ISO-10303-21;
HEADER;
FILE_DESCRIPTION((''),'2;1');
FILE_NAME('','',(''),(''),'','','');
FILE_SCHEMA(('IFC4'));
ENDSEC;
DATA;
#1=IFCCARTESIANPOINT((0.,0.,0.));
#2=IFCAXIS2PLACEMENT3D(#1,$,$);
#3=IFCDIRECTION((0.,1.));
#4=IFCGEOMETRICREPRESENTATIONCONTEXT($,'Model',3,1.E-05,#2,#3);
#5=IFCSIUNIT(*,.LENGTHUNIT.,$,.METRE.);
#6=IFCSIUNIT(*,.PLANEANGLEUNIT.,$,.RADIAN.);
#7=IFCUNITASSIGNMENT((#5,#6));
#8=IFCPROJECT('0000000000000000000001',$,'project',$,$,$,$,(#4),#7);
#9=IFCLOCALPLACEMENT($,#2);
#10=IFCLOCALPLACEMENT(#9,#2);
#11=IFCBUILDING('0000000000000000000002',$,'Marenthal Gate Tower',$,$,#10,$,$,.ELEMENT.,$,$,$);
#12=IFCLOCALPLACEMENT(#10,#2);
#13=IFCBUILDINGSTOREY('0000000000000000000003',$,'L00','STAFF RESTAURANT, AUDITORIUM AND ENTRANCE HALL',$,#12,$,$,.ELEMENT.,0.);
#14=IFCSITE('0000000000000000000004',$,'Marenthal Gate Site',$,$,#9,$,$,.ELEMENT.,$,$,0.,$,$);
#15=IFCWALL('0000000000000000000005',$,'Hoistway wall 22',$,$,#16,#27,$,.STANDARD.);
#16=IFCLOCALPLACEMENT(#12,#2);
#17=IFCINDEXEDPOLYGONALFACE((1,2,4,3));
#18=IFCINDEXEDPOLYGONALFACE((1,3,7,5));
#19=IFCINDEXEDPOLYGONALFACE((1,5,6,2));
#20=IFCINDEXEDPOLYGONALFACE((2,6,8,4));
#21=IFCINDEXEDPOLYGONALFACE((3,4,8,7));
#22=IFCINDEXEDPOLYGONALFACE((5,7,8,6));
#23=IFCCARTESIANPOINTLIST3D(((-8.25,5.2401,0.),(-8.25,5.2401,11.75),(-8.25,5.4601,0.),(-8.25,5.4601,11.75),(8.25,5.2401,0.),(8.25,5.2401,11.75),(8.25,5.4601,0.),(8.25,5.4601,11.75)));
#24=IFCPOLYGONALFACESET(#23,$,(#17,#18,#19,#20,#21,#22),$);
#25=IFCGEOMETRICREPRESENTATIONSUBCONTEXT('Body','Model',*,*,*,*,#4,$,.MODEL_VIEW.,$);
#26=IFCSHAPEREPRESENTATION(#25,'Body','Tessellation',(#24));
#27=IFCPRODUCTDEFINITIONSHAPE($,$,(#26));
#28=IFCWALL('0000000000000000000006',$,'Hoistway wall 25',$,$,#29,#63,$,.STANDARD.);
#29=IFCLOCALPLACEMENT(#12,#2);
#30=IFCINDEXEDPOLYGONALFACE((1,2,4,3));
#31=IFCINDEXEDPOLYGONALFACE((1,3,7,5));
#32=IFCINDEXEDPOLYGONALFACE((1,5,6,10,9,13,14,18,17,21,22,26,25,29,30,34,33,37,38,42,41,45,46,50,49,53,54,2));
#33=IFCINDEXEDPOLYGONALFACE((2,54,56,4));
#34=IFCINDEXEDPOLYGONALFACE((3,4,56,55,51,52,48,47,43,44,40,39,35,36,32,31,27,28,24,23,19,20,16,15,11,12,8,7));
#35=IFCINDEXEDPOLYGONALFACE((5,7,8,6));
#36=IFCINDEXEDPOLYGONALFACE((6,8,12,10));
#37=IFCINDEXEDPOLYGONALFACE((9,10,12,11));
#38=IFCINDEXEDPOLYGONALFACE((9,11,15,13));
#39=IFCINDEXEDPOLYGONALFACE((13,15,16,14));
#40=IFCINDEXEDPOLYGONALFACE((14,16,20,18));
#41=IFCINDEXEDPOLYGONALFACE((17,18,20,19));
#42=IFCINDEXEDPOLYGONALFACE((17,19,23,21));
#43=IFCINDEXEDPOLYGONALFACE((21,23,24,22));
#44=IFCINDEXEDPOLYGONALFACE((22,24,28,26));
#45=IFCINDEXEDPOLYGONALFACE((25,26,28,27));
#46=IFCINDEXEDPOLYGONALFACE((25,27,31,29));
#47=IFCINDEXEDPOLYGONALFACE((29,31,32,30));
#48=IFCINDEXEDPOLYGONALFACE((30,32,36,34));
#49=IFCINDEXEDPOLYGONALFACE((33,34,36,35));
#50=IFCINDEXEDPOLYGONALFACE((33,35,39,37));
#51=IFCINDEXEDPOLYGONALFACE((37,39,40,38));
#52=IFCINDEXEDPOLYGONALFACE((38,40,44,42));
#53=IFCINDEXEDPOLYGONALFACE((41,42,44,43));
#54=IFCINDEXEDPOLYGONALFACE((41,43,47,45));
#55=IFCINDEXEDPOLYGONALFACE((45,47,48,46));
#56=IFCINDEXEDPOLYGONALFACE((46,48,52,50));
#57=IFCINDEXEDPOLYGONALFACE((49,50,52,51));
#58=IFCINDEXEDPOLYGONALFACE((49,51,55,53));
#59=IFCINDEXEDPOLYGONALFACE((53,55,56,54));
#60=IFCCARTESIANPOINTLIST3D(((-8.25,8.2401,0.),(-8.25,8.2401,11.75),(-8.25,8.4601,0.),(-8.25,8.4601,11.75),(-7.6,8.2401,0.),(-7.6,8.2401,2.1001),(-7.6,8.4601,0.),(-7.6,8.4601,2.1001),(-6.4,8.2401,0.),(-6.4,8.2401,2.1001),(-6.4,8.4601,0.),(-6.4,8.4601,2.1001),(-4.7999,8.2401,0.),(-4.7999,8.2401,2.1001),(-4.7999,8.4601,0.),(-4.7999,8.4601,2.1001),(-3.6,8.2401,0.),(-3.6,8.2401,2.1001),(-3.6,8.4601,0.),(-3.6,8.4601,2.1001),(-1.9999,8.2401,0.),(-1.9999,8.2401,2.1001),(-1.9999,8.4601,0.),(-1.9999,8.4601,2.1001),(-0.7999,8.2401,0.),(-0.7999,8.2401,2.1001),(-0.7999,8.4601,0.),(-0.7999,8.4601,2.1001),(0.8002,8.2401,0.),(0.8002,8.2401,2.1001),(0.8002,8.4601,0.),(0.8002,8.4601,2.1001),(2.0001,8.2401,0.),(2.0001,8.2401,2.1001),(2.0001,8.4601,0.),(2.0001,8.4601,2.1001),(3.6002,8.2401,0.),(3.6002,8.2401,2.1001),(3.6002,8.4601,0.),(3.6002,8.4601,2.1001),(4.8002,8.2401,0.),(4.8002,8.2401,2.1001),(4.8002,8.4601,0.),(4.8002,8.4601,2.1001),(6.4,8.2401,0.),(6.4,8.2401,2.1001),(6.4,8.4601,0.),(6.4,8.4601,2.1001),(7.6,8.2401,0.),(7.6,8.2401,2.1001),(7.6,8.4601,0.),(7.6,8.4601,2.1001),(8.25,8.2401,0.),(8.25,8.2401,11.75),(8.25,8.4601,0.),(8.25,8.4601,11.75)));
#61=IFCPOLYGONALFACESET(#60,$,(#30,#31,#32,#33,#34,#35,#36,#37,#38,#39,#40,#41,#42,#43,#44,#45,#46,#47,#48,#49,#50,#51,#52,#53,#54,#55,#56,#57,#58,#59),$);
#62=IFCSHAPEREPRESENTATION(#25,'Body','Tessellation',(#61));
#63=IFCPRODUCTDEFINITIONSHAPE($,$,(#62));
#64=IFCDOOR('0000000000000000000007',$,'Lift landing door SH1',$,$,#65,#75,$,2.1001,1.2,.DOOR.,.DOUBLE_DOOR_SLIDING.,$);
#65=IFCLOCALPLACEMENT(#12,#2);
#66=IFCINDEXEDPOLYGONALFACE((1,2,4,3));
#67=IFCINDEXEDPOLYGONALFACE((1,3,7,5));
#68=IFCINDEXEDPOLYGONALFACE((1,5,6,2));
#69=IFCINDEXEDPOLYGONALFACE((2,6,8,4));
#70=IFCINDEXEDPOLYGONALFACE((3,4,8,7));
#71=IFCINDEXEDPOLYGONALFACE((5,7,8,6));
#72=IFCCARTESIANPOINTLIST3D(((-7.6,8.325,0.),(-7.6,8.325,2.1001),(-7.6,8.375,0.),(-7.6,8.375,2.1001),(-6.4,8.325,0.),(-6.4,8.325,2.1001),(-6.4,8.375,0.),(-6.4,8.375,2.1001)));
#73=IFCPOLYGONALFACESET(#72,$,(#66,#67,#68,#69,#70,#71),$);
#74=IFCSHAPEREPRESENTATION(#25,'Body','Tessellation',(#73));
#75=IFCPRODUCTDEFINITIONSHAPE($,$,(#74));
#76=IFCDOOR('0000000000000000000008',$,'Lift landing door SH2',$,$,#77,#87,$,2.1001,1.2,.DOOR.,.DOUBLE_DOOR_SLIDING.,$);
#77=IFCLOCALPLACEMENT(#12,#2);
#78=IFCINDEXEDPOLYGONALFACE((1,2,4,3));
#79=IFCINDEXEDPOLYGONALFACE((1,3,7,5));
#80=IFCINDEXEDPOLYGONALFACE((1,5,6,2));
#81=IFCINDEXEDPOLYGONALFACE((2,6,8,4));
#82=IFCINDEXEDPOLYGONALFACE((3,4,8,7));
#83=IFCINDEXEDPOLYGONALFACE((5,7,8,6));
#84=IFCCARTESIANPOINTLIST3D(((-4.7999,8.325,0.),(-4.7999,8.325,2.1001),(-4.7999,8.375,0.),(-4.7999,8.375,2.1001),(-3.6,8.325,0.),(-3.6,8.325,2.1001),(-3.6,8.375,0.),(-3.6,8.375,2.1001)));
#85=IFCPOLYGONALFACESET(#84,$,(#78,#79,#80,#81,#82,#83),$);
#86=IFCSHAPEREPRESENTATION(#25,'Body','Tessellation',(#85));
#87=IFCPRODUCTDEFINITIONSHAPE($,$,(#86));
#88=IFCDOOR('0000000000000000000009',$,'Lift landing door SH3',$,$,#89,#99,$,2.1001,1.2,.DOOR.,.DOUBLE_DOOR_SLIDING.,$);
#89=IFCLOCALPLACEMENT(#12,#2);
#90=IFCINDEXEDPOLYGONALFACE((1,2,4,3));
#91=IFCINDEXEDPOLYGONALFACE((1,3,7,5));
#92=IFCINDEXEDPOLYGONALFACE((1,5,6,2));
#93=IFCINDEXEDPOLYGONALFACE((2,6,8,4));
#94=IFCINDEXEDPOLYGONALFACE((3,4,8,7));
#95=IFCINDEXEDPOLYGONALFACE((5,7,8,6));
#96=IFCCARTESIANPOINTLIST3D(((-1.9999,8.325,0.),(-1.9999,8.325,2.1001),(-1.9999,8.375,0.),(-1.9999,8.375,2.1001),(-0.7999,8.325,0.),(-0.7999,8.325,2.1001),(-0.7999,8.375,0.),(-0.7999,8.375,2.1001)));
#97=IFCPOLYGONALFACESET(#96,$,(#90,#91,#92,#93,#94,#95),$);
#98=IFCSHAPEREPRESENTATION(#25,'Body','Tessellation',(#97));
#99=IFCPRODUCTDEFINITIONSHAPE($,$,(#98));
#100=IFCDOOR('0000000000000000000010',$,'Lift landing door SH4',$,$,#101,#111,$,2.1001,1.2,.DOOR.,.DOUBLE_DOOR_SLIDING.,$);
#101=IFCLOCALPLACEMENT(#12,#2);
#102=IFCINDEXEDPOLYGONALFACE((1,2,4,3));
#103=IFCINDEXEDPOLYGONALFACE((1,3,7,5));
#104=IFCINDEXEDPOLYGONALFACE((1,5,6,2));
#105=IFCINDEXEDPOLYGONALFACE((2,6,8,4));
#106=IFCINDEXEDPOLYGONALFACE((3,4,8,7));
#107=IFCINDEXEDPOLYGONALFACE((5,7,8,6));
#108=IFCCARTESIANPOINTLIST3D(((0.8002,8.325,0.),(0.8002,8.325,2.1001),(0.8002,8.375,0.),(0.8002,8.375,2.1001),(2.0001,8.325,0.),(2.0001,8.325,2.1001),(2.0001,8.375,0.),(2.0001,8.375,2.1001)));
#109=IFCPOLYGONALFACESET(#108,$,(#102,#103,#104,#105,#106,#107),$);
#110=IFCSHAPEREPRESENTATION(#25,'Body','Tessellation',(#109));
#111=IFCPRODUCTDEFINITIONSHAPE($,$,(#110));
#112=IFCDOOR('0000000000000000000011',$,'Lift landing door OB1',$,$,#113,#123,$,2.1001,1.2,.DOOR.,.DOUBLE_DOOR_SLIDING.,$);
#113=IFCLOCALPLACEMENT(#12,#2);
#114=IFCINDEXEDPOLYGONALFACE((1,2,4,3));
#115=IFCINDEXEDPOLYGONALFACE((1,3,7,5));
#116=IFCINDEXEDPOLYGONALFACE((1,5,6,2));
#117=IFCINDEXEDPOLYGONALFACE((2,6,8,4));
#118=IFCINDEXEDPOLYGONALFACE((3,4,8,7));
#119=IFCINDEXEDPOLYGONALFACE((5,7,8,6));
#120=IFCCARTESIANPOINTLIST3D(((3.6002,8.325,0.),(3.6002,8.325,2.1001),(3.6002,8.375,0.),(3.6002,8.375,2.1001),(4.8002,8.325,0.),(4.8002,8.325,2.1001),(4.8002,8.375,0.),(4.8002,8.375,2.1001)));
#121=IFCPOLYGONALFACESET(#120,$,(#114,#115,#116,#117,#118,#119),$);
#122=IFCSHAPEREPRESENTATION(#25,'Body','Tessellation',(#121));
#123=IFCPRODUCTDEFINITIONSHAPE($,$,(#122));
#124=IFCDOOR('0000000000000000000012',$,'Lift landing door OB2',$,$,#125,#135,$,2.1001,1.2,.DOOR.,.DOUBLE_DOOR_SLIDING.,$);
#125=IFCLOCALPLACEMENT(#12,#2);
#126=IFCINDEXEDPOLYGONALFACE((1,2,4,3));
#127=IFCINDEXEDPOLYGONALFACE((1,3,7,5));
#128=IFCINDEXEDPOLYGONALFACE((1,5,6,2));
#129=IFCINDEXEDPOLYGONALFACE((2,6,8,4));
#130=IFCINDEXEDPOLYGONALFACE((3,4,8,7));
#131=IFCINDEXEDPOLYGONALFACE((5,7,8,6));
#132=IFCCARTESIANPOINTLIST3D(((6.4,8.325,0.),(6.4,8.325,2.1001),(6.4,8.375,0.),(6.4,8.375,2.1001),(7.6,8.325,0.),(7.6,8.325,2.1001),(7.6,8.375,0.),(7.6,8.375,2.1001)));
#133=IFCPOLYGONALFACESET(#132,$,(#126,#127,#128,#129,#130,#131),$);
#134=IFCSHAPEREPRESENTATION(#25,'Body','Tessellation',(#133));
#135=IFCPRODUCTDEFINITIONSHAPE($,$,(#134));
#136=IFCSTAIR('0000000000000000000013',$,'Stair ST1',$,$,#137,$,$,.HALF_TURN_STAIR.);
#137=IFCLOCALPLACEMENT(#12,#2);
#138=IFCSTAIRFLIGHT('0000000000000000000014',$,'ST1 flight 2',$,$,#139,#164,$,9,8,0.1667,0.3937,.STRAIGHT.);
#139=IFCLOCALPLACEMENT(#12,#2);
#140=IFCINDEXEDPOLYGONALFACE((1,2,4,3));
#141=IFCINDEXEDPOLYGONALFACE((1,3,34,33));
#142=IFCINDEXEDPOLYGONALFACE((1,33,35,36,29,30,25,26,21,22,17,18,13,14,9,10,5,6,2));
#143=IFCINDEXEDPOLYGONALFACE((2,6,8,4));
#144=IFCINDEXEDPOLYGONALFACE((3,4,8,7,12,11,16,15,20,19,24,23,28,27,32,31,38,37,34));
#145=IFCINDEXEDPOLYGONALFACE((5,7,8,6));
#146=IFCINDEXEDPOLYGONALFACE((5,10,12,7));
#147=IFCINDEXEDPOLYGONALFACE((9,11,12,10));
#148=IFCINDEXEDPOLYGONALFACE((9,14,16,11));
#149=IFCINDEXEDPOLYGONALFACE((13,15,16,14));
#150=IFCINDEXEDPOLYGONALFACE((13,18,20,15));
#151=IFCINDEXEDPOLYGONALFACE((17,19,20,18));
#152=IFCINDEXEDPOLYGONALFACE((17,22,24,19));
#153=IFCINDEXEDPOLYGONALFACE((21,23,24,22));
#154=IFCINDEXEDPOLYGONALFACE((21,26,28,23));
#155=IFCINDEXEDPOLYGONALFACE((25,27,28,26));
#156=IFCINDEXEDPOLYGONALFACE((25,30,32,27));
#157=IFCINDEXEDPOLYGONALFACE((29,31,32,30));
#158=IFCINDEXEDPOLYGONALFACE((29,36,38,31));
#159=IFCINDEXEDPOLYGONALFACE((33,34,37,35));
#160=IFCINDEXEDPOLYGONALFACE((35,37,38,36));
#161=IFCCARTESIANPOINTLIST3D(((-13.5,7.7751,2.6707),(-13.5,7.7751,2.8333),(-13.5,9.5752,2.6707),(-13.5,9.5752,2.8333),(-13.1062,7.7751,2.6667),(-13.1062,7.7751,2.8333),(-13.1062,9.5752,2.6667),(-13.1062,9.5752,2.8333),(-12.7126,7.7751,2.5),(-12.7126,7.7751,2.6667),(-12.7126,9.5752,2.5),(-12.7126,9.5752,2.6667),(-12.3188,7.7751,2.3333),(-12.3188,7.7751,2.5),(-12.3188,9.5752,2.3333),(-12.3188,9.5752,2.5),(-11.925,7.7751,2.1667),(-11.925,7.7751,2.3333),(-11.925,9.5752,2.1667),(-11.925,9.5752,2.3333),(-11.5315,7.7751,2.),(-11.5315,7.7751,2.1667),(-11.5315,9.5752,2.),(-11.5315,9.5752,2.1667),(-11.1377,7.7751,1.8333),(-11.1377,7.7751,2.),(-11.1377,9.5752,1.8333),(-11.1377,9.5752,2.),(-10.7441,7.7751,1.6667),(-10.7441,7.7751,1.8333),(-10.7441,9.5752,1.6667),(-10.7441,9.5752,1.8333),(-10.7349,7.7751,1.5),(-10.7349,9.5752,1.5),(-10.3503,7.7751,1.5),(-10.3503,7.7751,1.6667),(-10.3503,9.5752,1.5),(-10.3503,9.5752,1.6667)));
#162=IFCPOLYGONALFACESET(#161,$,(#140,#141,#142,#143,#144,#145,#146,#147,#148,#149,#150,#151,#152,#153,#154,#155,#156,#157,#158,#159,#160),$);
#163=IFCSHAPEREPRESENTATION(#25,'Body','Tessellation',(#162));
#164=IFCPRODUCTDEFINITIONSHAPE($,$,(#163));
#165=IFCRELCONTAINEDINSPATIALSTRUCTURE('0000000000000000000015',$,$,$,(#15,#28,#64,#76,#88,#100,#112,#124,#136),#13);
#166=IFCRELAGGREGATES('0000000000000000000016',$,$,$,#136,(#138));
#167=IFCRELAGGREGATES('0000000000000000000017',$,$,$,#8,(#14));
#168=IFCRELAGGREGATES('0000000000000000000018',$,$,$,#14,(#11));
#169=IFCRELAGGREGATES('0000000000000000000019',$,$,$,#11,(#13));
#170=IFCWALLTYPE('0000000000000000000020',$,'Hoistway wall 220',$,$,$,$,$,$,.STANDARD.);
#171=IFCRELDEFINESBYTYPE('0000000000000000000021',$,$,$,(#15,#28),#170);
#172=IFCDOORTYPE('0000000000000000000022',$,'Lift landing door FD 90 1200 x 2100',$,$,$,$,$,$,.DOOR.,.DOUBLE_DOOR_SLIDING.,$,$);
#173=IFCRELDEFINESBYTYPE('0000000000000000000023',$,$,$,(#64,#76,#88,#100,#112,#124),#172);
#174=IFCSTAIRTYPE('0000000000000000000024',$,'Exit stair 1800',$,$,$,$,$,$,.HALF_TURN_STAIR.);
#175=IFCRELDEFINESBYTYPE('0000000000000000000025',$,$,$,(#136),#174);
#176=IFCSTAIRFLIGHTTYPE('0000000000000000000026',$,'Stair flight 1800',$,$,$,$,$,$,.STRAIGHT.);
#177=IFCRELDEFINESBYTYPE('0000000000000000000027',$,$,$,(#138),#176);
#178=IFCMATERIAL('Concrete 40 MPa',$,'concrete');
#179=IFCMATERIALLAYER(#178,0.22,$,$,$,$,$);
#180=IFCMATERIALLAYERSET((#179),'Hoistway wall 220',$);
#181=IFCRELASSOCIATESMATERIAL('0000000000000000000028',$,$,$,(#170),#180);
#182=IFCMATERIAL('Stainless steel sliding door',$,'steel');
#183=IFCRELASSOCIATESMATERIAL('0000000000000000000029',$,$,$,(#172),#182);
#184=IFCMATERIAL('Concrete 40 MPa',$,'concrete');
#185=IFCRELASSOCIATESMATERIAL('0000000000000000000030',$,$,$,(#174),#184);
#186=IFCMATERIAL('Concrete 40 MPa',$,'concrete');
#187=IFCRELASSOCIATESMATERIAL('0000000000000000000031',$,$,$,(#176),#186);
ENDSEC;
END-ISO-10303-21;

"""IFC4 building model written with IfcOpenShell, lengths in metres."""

from ifc_helpers import new_model, si_unit, direction, frame, frame_2d, origin, place, context, subcontext, project, spatial, polyline, rectangle, outline, extrude, material, layer, layer_set, type_object, element, fill, aggregate, save


model = new_model("IFC4")

# Units and contexts
model_context = context("Model", 3, precision=1e-05, world=origin(), true_north=direction((0.0, 1.0)))
body_context = subcontext(model_context, "Body", "Model", "MODEL_VIEW")
ifc_project = project(units=[si_unit("LENGTHUNIT", "METRE"), si_unit("PLANEANGLEUNIT", "RADIAN")], contexts=[model_context])

# Site, building, storey
site_placement = place(None, origin())
site = spatial("IfcSite", under=ifc_project, at=site_placement, Name="Marenthal Gate Site", CompositionType="ELEMENT", RefElevation=0.0)
building_placement = place(site_placement, origin())
building = spatial("IfcBuilding", under=site, at=building_placement, Name="Marenthal Gate Tower", CompositionType="ELEMENT")
storey_placement = place(building_placement, origin())
storey = spatial("IfcBuildingStorey", under=building, at=storey_placement, Name="L00", Description="STAFF RESTAURANT, AUDITORIUM AND ENTRANCE HALL", CompositionType="ELEMENT", Elevation=0.0)

# Wall
ifc_material_1 = material(Name="Concrete 40 MPa", Category="concrete")
ifc_layer = layer(ifc_material_1, 0.22)
ifc_layer_set = layer_set([ifc_layer], Name="Hoistway wall 220")
wall_type = type_object("IfcWallType", Name="Hoistway wall 220", PredefinedType="STANDARD", material=ifc_layer_set)
wall_1_placement = place(storey_placement, frame((-8.25, 5.3501, 0.0), z_axis=(0.0, 0.0, 1.0), x_axis=(1.0, 0.0, 0.0)))
element("IfcWall", 1, at=wall_1_placement, inside=storey, type_object=wall_type, Name="Hoistway wall 22", PredefinedType="STANDARD", context=body_context, shape_type="SweptSolid", body=[
    extrude(rectangle(XDim=16.5, YDim=0.22, at=frame_2d((8.25, 0.0))), origin(), (0.0, 0.0, 1.0), 11.75),
])

# Wall, openings, doors
wall_2_placement = place(storey_placement, frame((-8.25, 8.3501, 0.0), z_axis=(0.0, 0.0, 1.0), x_axis=(1.0, 0.0, 0.0)))
wall_2 = element("IfcWall", 2, at=wall_2_placement, inside=storey, type_object=wall_type, Name="Hoistway wall 25", PredefinedType="STANDARD", context=body_context, shape_type="SweptSolid", body=[
    extrude(rectangle(XDim=16.5, YDim=0.22, at=frame_2d((8.25, 0.0))), origin(), (0.0, 0.0, 1.0), 11.75),
])
opening_1_placement = place(wall_2_placement, frame((0.6499, 0.0, 0.0)))
opening_1 = element("IfcOpeningElement", 3, at=opening_1_placement, cuts=wall_2, PredefinedType="OPENING", context=body_context, shape_type="SweptSolid", body=[
    extrude(rectangle(XDim=1.2, YDim=2.1001, at=frame_2d((0.6001, 1.05))), frame((0.0, 0.1201, 0.0), z_axis=(0.0, -1.0, 0.0), x_axis=(1.0, 0.0, 0.0)), (0.0, 0.0, 1.0), 0.24),
])
opening_2_placement = place(wall_2_placement, frame((3.45, 0.0, 0.0)))
opening_2 = element("IfcOpeningElement", 4, at=opening_2_placement, cuts=wall_2, PredefinedType="OPENING", context=body_context, shape_type="SweptSolid", body=[
    extrude(rectangle(XDim=1.2, YDim=2.1001, at=frame_2d((0.6001, 1.05))), frame((0.0, 0.1201, 0.0), z_axis=(0.0, -1.0, 0.0), x_axis=(1.0, 0.0, 0.0)), (0.0, 0.0, 1.0), 0.24),
])
opening_3_placement = place(wall_2_placement, frame((6.25, 0.0, 0.0)))
opening_3 = element("IfcOpeningElement", 5, at=opening_3_placement, cuts=wall_2, PredefinedType="OPENING", context=body_context, shape_type="SweptSolid", body=[
    extrude(rectangle(XDim=1.2, YDim=2.1001, at=frame_2d((0.6001, 1.05))), frame((0.0, 0.1201, 0.0), z_axis=(0.0, -1.0, 0.0), x_axis=(1.0, 0.0, 0.0)), (0.0, 0.0, 1.0), 0.24),
])
opening_4_placement = place(wall_2_placement, frame((9.05, 0.0, 0.0)))
opening_4 = element("IfcOpeningElement", 6, at=opening_4_placement, cuts=wall_2, PredefinedType="OPENING", context=body_context, shape_type="SweptSolid", body=[
    extrude(rectangle(XDim=1.2, YDim=2.1001, at=frame_2d((0.6001, 1.05))), frame((0.0, 0.1201, 0.0), z_axis=(0.0, -1.0, 0.0), x_axis=(1.0, 0.0, 0.0)), (0.0, 0.0, 1.0), 0.24),
])
opening_5_placement = place(wall_2_placement, frame((11.8501, 0.0, 0.0)))
opening_5 = element("IfcOpeningElement", 7, at=opening_5_placement, cuts=wall_2, PredefinedType="OPENING", context=body_context, shape_type="SweptSolid", body=[
    extrude(rectangle(XDim=1.2, YDim=2.1001, at=frame_2d((0.6001, 1.05))), frame((0.0, 0.1201, 0.0), z_axis=(0.0, -1.0, 0.0), x_axis=(1.0, 0.0, 0.0)), (0.0, 0.0, 1.0), 0.24),
])
opening_6_placement = place(wall_2_placement, frame((14.6499, 0.0, 0.0)))
opening_6 = element("IfcOpeningElement", 8, at=opening_6_placement, cuts=wall_2, PredefinedType="OPENING", context=body_context, shape_type="SweptSolid", body=[
    extrude(rectangle(XDim=1.2, YDim=2.1001, at=frame_2d((0.6001, 1.05))), frame((0.0, 0.1201, 0.0), z_axis=(0.0, -1.0, 0.0), x_axis=(1.0, 0.0, 0.0)), (0.0, 0.0, 1.0), 0.24),
])
ifc_material_2 = material(Name="Stainless steel sliding door", Category="steel")
door_type = type_object("IfcDoorType", Name="Lift landing door FD 90 1200 x 2100", OperationType="DOUBLE_DOOR_SLIDING", PredefinedType="DOOR", material=ifc_material_2)
door_1_placement = place(opening_1_placement, origin())
door_1 = element("IfcDoor", 9, at=door_1_placement, inside=storey, type_object=door_type, Name="Lift landing door SH1", OperationType="DOUBLE_DOOR_SLIDING", OverallHeight=2.1001, OverallWidth=1.2, PredefinedType="DOOR", context=body_context, shape_type="SweptSolid", body=[
    extrude(rectangle(XDim=1.2, YDim=2.1001, at=frame_2d((0.6001, 1.05))), frame((0.0, 0.0249, 0.0), z_axis=(0.0, -1.0, 0.0), x_axis=(1.0, 0.0, 0.0)), (0.0, 0.0, 1.0), 0.05),
])
fill(opening_1, door_1)
door_2_placement = place(opening_2_placement, origin())
door_2 = element("IfcDoor", 10, at=door_2_placement, inside=storey, type_object=door_type, Name="Lift landing door SH2", OperationType="DOUBLE_DOOR_SLIDING", OverallHeight=2.1001, OverallWidth=1.2, PredefinedType="DOOR", context=body_context, shape_type="SweptSolid", body=[
    extrude(rectangle(XDim=1.2, YDim=2.1001, at=frame_2d((0.6001, 1.05))), frame((0.0, 0.0249, 0.0), z_axis=(0.0, -1.0, 0.0), x_axis=(1.0, 0.0, 0.0)), (0.0, 0.0, 1.0), 0.05),
])
fill(opening_2, door_2)
door_3_placement = place(opening_3_placement, origin())
door_3 = element("IfcDoor", 11, at=door_3_placement, inside=storey, type_object=door_type, Name="Lift landing door SH3", OperationType="DOUBLE_DOOR_SLIDING", OverallHeight=2.1001, OverallWidth=1.2, PredefinedType="DOOR", context=body_context, shape_type="SweptSolid", body=[
    extrude(rectangle(XDim=1.2, YDim=2.1001, at=frame_2d((0.6001, 1.05))), frame((0.0, 0.0249, 0.0), z_axis=(0.0, -1.0, 0.0), x_axis=(1.0, 0.0, 0.0)), (0.0, 0.0, 1.0), 0.05),
])
fill(opening_3, door_3)
door_4_placement = place(opening_4_placement, origin())
door_4 = element("IfcDoor", 12, at=door_4_placement, inside=storey, type_object=door_type, Name="Lift landing door SH4", OperationType="DOUBLE_DOOR_SLIDING", OverallHeight=2.1001, OverallWidth=1.2, PredefinedType="DOOR", context=body_context, shape_type="SweptSolid", body=[
    extrude(rectangle(XDim=1.2, YDim=2.1001, at=frame_2d((0.6001, 1.05))), frame((0.0, 0.0249, 0.0), z_axis=(0.0, -1.0, 0.0), x_axis=(1.0, 0.0, 0.0)), (0.0, 0.0, 1.0), 0.05),
])
fill(opening_4, door_4)
door_5_placement = place(opening_5_placement, origin())
door_5 = element("IfcDoor", 13, at=door_5_placement, inside=storey, type_object=door_type, Name="Lift landing door OB1", OperationType="DOUBLE_DOOR_SLIDING", OverallHeight=2.1001, OverallWidth=1.2, PredefinedType="DOOR", context=body_context, shape_type="SweptSolid", body=[
    extrude(rectangle(XDim=1.2, YDim=2.1001, at=frame_2d((0.6001, 1.05))), frame((0.0, 0.0249, 0.0), z_axis=(0.0, -1.0, 0.0), x_axis=(1.0, 0.0, 0.0)), (0.0, 0.0, 1.0), 0.05),
])
fill(opening_5, door_5)
door_6_placement = place(opening_6_placement, origin())
door_6 = element("IfcDoor", 14, at=door_6_placement, inside=storey, type_object=door_type, Name="Lift landing door OB2", OperationType="DOUBLE_DOOR_SLIDING", OverallHeight=2.1001, OverallWidth=1.2, PredefinedType="DOOR", context=body_context, shape_type="SweptSolid", body=[
    extrude(rectangle(XDim=1.2, YDim=2.1001, at=frame_2d((0.6001, 1.05))), frame((0.0, 0.0249, 0.0), z_axis=(0.0, -1.0, 0.0), x_axis=(1.0, 0.0, 0.0)), (0.0, 0.0, 1.0), 0.05),
])
fill(opening_6, door_6)

# Stair, stair flight
ifc_material_3 = material(Name="Concrete 40 MPa", Category="concrete")
stair_type = type_object("IfcStairType", Name="Exit stair 1800", PredefinedType="HALF_TURN_STAIR", material=ifc_material_3)
stair_placement = place(storey_placement, origin())
stair = element("IfcStair", 15, at=stair_placement, inside=storey, type_object=stair_type, Name="Stair ST1", PredefinedType="HALF_TURN_STAIR")
ifc_material_4 = material(Name="Concrete 40 MPa", Category="concrete")
stair_flight_type = type_object("IfcStairFlightType", Name="Stair flight 1800", PredefinedType="STRAIGHT", material=ifc_material_4)
stair_flight_1_placement = place(storey_placement, frame((-10.3503, 8.675, 1.5), z_axis=(0.0, 0.0, 1.0), x_axis=(-1.0, 0.0, 0.0)))
stair_flight_1 = element("IfcStairFlight", 16, at=stair_flight_1_placement, type_object=stair_flight_type, Name="ST1 flight 2", NumberOfRisers=9, NumberOfTreads=8, PredefinedType="STRAIGHT", RiserHeight=0.1667, TreadLength=0.3937, context=body_context, shape_type="SweptSolid", body=[
    extrude(outline(polyline([(0.0, 0.0), (0.0, 0.1667), (0.3938, 0.1667), (0.3938, 0.3333), (0.7874, 0.3333), (0.7874, 0.5), (1.1812, 0.5), (1.1812, 0.6667), (1.5747, 0.6667), (1.5747, 0.8333), (1.9685, 0.8333), (1.9685, 1.0), (2.3623, 1.0), (2.3623, 1.1667), (2.7559, 1.1667), (2.7559, 1.3333), (3.1497, 1.3333), (3.1497, 1.5), (3.1497, 1.1707), (0.3845, 0.0), (0.0, 0.0)])), frame((0.0, 0.8999, 0.0), z_axis=(0.0, -1.0, 0.0), x_axis=(1.0, 0.0, 0.0)), (0.0, 0.0, 1.0), 1.8),
])
aggregate(stair, [stair_flight_1])

save(model, "model.ifc")
